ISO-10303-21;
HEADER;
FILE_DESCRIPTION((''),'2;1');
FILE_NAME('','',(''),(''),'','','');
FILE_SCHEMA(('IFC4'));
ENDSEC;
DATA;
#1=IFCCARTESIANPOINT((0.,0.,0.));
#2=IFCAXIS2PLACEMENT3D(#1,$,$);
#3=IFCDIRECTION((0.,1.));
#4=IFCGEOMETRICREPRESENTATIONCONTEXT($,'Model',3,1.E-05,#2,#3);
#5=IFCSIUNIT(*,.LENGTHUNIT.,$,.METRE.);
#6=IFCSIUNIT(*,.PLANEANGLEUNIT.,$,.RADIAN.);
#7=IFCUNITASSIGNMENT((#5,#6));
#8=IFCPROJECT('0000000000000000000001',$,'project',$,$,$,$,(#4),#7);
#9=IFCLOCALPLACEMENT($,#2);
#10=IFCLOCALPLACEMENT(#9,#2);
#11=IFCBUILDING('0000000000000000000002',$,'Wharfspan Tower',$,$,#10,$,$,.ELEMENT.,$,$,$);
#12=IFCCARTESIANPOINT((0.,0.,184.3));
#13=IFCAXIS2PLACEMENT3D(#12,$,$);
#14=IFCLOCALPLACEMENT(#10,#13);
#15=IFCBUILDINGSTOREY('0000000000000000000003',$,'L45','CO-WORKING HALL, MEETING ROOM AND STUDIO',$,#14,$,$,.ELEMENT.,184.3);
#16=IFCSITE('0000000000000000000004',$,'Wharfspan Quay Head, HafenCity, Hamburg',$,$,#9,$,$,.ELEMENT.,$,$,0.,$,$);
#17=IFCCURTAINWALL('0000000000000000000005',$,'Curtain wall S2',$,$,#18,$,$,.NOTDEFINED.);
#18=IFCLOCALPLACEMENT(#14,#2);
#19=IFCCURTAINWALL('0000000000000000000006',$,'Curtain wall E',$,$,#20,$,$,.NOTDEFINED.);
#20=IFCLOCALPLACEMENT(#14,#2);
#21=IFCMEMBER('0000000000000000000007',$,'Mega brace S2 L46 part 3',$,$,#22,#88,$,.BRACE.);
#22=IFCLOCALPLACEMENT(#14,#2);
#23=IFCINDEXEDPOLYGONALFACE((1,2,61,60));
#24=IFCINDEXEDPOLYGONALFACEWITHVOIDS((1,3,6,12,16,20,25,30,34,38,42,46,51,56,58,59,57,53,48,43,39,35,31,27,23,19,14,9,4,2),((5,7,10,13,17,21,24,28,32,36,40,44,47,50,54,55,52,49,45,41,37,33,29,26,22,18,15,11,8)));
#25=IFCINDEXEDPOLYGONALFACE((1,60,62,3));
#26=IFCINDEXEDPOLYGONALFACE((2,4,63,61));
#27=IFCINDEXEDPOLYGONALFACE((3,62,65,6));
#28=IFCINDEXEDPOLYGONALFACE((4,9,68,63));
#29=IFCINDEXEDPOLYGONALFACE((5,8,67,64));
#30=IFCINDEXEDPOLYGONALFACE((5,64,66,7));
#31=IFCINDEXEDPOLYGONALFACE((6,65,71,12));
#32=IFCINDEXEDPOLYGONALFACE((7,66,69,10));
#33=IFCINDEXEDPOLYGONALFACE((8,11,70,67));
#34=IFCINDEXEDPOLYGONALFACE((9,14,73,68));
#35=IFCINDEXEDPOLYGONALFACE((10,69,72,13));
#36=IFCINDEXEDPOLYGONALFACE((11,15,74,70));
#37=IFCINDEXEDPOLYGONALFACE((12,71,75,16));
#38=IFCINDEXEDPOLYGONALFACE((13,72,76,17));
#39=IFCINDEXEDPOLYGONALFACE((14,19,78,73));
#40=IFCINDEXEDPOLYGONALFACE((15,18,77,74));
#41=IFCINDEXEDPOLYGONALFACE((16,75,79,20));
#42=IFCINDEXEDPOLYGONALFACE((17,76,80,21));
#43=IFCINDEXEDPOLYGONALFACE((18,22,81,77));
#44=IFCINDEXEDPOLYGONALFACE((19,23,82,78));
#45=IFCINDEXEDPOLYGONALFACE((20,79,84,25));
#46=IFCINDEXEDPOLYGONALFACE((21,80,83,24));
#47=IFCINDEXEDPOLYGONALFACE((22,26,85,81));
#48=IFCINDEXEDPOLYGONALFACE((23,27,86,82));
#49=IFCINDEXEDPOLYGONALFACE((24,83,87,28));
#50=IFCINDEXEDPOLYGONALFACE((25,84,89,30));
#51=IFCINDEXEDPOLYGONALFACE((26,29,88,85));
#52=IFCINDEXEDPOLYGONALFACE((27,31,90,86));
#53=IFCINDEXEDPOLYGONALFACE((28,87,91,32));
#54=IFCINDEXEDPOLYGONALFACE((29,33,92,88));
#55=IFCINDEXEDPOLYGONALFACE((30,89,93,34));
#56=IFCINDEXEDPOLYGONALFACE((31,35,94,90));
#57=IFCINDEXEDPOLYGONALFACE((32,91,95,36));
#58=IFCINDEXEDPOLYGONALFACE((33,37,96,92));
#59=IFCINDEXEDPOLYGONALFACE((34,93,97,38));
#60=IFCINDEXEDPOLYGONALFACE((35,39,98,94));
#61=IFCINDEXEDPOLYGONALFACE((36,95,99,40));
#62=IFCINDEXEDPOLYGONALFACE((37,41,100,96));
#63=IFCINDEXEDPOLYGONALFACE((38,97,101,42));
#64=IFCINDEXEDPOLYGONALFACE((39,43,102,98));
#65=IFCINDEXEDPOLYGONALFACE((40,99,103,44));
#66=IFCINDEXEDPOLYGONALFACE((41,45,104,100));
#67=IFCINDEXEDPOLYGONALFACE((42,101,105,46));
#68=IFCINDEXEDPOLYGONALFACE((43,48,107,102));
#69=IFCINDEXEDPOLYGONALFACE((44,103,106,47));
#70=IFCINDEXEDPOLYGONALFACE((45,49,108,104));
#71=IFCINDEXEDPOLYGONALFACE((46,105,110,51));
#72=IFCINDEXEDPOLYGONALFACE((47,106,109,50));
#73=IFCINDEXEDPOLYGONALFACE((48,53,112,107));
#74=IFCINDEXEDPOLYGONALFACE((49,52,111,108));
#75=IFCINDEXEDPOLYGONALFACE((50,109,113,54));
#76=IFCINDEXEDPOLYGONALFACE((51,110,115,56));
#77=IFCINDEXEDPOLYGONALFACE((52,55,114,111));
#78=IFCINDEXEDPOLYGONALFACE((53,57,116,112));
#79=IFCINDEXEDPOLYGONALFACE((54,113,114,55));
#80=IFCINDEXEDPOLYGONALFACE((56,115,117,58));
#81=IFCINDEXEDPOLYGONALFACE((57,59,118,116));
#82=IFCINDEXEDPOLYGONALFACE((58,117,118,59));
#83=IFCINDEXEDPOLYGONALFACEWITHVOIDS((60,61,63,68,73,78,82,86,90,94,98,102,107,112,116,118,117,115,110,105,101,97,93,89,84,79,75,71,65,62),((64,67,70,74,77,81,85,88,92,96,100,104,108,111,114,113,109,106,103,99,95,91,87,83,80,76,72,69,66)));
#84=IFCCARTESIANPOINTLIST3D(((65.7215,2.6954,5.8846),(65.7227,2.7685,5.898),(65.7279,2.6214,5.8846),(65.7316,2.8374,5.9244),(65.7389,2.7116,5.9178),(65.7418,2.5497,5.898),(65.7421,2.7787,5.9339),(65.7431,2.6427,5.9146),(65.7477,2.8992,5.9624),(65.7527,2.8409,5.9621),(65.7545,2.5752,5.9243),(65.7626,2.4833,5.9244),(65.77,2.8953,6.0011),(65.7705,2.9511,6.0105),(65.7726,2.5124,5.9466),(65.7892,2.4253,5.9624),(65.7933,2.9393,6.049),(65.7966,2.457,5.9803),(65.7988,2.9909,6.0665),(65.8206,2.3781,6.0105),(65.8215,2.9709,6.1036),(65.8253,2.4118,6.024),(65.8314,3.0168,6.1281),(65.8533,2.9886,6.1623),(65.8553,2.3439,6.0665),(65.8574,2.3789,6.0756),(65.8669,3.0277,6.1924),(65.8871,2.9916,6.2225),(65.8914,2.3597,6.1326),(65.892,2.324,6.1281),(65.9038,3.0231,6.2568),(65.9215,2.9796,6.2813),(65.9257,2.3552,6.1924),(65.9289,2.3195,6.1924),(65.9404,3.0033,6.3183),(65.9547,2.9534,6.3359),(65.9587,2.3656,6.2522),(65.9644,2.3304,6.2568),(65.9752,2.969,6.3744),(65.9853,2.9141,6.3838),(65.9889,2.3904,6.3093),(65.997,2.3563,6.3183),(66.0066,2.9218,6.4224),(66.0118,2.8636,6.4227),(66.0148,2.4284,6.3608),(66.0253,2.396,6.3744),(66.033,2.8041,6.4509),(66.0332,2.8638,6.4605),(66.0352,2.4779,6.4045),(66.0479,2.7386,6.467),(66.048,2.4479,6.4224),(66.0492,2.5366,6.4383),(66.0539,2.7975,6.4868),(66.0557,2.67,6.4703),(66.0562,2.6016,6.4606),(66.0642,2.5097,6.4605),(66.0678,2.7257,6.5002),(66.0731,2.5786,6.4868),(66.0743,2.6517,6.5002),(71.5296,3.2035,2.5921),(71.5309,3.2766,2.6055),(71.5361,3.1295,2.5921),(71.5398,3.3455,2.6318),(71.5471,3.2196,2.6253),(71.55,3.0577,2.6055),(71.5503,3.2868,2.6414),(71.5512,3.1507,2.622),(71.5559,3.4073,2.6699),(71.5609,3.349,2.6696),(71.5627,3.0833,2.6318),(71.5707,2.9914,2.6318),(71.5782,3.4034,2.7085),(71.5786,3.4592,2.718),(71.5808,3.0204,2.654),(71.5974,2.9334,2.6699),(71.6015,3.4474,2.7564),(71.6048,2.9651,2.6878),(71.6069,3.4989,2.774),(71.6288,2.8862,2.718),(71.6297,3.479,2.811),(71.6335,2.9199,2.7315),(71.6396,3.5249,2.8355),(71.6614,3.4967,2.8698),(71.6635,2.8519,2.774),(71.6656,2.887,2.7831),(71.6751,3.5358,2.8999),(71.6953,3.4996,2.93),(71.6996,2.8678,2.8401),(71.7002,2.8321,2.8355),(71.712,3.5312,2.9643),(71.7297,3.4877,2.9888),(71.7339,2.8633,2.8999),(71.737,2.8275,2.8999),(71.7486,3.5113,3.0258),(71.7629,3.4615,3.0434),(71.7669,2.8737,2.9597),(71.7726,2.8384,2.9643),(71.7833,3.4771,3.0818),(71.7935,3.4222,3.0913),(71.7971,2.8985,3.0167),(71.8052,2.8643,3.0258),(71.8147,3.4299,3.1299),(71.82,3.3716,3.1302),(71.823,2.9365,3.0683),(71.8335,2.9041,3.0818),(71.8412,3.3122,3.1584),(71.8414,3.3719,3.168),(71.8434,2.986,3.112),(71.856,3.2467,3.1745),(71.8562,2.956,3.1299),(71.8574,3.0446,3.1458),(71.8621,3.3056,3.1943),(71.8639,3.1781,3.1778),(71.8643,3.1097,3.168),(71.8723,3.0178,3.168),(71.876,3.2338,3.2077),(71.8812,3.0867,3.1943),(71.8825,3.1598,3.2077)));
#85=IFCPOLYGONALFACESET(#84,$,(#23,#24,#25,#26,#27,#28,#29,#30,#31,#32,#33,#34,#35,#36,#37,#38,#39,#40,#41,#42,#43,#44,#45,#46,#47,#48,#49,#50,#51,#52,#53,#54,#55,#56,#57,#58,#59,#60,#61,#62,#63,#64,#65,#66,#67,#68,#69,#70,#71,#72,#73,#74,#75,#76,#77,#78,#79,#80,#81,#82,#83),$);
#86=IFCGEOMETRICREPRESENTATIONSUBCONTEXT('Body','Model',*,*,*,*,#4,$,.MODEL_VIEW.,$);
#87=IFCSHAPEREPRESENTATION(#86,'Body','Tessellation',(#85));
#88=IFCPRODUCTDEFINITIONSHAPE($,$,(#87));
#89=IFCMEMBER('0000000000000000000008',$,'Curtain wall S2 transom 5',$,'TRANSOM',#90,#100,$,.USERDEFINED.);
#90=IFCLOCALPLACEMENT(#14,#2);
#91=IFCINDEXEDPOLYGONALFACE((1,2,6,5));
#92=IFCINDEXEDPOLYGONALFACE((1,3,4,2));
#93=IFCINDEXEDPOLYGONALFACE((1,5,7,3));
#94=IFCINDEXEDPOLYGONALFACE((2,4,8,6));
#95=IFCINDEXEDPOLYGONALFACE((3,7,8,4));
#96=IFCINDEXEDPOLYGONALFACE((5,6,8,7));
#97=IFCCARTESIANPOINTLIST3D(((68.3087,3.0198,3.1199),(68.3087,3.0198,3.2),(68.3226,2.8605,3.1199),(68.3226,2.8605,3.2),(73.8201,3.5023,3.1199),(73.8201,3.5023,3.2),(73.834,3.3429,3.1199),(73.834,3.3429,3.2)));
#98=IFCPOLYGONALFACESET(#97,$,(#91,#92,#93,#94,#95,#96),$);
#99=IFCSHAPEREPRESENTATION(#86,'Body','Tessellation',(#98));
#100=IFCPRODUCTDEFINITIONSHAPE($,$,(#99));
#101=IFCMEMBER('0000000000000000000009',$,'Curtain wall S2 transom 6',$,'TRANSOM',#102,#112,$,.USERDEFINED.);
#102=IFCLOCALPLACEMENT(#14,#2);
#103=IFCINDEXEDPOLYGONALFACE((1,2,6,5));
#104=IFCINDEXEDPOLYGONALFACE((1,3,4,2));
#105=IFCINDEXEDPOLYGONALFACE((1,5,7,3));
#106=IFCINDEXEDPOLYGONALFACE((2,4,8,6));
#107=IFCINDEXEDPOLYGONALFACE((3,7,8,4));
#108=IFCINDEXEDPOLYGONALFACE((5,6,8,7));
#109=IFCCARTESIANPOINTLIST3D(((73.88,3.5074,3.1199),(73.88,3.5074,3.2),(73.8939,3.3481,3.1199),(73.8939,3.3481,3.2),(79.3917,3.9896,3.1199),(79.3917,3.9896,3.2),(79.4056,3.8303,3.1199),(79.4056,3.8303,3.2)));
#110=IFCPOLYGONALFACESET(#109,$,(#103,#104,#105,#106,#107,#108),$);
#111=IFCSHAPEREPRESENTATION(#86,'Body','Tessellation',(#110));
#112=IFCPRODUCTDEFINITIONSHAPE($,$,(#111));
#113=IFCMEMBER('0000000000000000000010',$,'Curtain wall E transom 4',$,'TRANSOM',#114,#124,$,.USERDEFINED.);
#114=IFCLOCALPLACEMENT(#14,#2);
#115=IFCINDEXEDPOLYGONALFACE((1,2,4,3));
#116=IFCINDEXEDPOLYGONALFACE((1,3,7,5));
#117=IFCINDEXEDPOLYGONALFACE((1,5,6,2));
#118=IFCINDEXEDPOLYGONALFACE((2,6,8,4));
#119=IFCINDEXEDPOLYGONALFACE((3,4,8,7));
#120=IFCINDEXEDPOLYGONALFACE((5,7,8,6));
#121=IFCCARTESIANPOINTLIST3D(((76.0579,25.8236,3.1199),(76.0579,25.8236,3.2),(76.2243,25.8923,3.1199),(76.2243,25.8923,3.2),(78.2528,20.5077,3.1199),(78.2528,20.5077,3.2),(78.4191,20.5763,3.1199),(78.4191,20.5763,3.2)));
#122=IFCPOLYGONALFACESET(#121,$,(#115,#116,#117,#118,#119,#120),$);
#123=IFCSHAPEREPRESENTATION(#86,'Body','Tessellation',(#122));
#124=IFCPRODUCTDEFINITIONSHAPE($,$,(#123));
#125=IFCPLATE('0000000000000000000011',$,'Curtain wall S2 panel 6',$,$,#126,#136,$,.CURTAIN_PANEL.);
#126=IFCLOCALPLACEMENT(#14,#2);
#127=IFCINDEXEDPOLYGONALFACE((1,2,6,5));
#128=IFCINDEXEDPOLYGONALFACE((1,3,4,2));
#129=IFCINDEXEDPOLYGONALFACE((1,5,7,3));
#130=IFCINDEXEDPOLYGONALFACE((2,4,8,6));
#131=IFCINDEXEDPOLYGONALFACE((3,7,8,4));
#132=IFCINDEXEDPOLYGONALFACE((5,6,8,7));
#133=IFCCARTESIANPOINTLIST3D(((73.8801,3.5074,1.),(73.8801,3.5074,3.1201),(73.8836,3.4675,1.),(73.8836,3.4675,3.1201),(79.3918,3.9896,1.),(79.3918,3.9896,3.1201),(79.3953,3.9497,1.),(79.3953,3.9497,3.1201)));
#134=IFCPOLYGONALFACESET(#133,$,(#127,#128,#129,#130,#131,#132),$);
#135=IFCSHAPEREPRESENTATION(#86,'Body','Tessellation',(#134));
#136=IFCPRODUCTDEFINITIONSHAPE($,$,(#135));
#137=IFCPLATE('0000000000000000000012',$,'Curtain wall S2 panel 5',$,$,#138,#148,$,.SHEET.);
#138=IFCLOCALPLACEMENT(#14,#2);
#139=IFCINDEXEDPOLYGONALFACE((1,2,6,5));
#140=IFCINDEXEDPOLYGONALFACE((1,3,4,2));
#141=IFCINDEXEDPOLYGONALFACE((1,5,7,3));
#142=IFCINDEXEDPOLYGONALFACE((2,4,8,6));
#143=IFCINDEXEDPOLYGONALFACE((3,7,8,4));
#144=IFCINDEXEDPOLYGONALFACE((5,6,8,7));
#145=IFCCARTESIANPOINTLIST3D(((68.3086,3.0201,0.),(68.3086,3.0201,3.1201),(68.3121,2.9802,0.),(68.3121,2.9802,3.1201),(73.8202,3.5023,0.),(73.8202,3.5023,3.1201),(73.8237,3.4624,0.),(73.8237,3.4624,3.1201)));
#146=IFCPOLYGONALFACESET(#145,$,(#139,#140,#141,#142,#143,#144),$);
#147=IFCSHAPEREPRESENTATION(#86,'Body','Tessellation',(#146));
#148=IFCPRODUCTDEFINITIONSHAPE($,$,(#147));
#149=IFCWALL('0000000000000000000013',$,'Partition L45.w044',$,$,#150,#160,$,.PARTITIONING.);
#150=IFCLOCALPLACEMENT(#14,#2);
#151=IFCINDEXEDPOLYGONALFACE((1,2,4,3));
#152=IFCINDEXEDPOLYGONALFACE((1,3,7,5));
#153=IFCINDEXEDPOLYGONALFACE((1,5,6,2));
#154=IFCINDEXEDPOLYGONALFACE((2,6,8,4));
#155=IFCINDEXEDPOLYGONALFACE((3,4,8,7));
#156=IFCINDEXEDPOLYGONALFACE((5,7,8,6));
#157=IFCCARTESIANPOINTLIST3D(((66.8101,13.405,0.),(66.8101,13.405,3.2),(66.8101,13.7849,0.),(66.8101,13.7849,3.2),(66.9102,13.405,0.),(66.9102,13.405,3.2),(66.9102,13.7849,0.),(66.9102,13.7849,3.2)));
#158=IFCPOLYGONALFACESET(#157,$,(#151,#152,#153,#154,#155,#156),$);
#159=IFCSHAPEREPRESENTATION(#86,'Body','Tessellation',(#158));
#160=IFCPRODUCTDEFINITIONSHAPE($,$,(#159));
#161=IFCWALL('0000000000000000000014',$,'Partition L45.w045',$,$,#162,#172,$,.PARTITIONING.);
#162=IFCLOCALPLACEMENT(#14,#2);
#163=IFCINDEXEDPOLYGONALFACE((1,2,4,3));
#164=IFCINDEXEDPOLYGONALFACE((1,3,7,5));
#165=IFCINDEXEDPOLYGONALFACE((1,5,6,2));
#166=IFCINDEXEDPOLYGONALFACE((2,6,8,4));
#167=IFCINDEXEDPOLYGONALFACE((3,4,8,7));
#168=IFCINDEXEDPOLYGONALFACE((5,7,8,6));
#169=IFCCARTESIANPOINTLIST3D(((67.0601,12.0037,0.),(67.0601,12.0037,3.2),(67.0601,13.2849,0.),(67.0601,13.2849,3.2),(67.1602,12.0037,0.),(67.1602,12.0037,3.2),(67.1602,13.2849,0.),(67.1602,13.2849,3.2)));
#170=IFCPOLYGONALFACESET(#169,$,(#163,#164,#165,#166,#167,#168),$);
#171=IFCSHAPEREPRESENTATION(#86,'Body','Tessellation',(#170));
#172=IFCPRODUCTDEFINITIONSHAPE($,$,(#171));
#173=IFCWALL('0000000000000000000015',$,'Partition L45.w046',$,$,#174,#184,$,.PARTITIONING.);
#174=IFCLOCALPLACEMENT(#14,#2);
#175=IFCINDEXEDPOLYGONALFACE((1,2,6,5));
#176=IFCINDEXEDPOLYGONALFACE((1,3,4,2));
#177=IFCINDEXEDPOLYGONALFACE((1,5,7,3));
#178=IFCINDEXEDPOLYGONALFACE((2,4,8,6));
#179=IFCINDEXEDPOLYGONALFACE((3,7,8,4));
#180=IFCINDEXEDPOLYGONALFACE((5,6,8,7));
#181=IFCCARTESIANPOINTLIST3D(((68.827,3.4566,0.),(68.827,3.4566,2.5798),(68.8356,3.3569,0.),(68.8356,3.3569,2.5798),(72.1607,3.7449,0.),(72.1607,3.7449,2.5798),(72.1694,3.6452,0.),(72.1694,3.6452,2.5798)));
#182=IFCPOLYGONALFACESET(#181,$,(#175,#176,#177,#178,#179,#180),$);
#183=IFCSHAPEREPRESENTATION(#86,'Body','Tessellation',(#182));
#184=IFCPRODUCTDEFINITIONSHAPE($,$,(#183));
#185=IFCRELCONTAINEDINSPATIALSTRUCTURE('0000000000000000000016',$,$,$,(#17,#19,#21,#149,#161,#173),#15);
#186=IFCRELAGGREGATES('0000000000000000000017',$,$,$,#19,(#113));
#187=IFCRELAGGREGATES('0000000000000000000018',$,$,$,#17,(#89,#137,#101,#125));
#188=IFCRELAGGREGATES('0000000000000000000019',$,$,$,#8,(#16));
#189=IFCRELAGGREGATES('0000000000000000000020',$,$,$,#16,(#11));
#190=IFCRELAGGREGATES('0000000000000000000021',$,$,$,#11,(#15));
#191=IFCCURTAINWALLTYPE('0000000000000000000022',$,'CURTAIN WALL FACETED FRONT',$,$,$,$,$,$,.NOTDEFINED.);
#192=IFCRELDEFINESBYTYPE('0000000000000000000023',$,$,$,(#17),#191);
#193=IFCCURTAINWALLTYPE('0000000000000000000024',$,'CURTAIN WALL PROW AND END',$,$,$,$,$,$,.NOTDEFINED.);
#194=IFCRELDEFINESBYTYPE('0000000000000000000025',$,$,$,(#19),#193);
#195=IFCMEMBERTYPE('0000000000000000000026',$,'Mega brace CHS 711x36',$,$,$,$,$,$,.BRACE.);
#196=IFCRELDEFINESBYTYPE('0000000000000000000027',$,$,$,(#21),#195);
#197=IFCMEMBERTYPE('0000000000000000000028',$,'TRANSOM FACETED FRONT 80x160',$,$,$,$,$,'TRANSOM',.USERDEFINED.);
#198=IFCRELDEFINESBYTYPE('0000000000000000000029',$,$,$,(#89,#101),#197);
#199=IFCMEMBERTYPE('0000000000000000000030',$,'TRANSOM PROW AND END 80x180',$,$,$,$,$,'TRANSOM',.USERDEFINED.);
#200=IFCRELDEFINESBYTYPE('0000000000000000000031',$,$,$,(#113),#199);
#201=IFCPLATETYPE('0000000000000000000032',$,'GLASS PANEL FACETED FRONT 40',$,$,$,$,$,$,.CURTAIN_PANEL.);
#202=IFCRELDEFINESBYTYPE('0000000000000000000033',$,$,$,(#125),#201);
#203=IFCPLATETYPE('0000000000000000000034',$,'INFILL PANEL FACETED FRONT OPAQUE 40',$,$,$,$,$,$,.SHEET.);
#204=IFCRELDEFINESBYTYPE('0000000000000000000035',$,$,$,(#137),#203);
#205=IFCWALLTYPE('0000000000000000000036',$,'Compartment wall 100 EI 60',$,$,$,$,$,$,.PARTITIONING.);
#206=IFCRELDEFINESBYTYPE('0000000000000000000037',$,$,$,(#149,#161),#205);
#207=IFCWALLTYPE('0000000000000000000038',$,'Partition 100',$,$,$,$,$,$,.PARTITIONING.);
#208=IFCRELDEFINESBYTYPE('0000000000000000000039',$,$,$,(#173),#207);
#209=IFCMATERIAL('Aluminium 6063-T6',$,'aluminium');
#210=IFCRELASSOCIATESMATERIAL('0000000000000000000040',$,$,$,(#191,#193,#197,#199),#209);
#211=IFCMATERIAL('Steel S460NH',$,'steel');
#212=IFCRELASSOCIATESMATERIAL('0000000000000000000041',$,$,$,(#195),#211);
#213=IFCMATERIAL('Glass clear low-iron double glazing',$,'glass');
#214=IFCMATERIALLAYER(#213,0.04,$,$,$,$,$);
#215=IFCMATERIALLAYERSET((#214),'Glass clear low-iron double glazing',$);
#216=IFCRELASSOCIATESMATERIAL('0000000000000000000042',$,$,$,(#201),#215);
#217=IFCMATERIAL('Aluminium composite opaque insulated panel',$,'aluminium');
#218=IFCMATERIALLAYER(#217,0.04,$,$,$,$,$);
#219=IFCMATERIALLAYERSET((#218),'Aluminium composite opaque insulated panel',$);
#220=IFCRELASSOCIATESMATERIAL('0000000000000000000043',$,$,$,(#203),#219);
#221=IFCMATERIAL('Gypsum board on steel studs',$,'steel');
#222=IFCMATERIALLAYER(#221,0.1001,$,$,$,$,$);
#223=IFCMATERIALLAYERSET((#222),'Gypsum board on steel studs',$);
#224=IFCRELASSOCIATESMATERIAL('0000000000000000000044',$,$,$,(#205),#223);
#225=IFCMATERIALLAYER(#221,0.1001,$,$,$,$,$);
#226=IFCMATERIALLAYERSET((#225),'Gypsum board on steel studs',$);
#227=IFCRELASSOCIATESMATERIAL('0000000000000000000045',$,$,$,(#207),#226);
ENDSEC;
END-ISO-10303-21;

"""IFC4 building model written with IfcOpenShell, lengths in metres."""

from ifc_helpers import new_model, si_unit, direction, frame, frame_2d, origin, origin_2d, place, context, subcontext, project, spatial, rectangle, hollow_circle, extrude, material, layer, layer_set, material_profile, profile_set, type_object, element, aggregate, save


model = new_model("IFC4")

# Units and contexts
model_context = context("Model", 3, precision=1e-05, world=origin(), true_north=direction((0.0, 1.0)))
body_context = subcontext(model_context, "Body", "Model", "MODEL_VIEW")
ifc_project = project(units=[si_unit("LENGTHUNIT", "METRE"), si_unit("PLANEANGLEUNIT", "RADIAN")], contexts=[model_context])

# Site, building, storey
site_placement = place(None, origin())
site = spatial("IfcSite", under=ifc_project, at=site_placement, Name="Wharfspan Quay Head, HafenCity, Hamburg", CompositionType="ELEMENT", RefElevation=0.0)
building_placement = place(site_placement, origin())
building = spatial("IfcBuilding", under=site, at=building_placement, Name="Wharfspan Tower", CompositionType="ELEMENT")
storey_placement = place(building_placement, frame((0.0, 0.0, 184.3)))
storey = spatial("IfcBuildingStorey", under=building, at=storey_placement, Name="L45", Description="CO-WORKING HALL, MEETING ROOM AND STUDIO", CompositionType="ELEMENT", Elevation=184.3)

# Curtain wall
ifc_material_1 = material(Name="Aluminium 6063-T6", Category="aluminium")
curtain_wall_type_1 = type_object("IfcCurtainWallType", Name="CURTAIN WALL FACETED FRONT", PredefinedType="NOTDEFINED", material=ifc_material_1)
curtain_wall_1_placement = place(storey_placement, origin())
curtain_wall_1 = element("IfcCurtainWall", 1, at=curtain_wall_1_placement, inside=storey, type_object=curtain_wall_type_1, Name="Curtain wall S2", PredefinedType="NOTDEFINED")

# Curtain wall
curtain_wall_type_2 = type_object("IfcCurtainWallType", Name="CURTAIN WALL PROW AND END", PredefinedType="NOTDEFINED", material=ifc_material_1)
curtain_wall_2_placement = place(storey_placement, origin())
curtain_wall_2 = element("IfcCurtainWall", 2, at=curtain_wall_2_placement, inside=storey, type_object=curtain_wall_type_2, Name="Curtain wall E", PredefinedType="NOTDEFINED")

# Members
ifc_material_2 = material(Name="Steel S460NH", Category="steel")
ifc_material_profile_1 = material_profile(ifc_material_2, hollow_circle(Radius=0.3555, WallThickness=0.0359, at=origin_2d()))
ifc_profile_set_1 = profile_set([ifc_material_profile_1], Name="Steel S460NH")
member_type_1 = type_object("IfcMemberType", Name="Mega brace CHS 711x36", PredefinedType="BRACE", material=ifc_profile_set_1)
member_1_placement = place(storey_placement, frame((71.7061, 3.1816, 2.8999), z_axis=(-0.867436, -0.075878, 0.491729), x_axis=(0.08714, -0.996196, -0.000002)))
element("IfcMember", 3, at=member_1_placement, inside=storey, type_object=member_type_1, Name="Mega brace S2 L46 part 3", PredefinedType="BRACE", context=body_context, shape_type="SweptSolid", body=[
    extrude(hollow_circle(Radius=0.3555, WallThickness=0.0359, at=origin_2d()), origin(), (0.0, 0.0, 1.0), 6.6958),
])
ifc_material_profile_2 = material_profile(ifc_material_1, rectangle(XDim=0.1599, YDim=0.0801, at=origin_2d()))
ifc_profile_set_2 = profile_set([ifc_material_profile_2], Name="Aluminium 6063-T6")
member_type_2 = type_object("IfcMemberType", Name="TRANSOM FACETED FRONT 80x160", ElementType="TRANSOM", PredefinedType="USERDEFINED", material=ifc_profile_set_2)
member_2_placement = place(storey_placement, frame((68.3157, 2.9402, 3.1599), z_axis=(0.996191, 0.087197, 0.0), x_axis=(-0.087197, 0.996191, 0.0)))
member_2 = element("IfcMember", 4, at=member_2_placement, type_object=member_type_2, Name="Curtain wall S2 transom 5", ObjectType="TRANSOM", PredefinedType="USERDEFINED", context=body_context, shape_type="SweptSolid", body=[
    extrude(rectangle(XDim=0.1599, YDim=0.0801, at=origin_2d()), origin(), (0.0, 0.0, 1.0), 5.5325),
])
member_3_placement = place(storey_placement, frame((73.887, 3.4277, 3.1599), z_axis=(0.996195, 0.087149, 0.0), x_axis=(-0.087149, 0.996195, 0.0)))
member_3 = element("IfcMember", 5, at=member_3_placement, type_object=member_type_2, Name="Curtain wall S2 transom 6", ObjectType="TRANSOM", PredefinedType="USERDEFINED", context=body_context, shape_type="SweptSolid", body=[
    extrude(rectangle(XDim=0.1599, YDim=0.0801, at=origin_2d()), origin(), (0.0, 0.0, 1.0), 5.5327),
])
ifc_material_profile_3 = material_profile(ifc_material_1, rectangle(XDim=0.1799, YDim=0.0801, at=origin_2d()))
ifc_profile_set_3 = profile_set([ifc_material_profile_3], Name="Aluminium 6063-T6")
member_type_3 = type_object("IfcMemberType", Name="TRANSOM PROW AND END 80x180", ElementType="TRANSOM", PredefinedType="USERDEFINED", material=ifc_profile_set_3)
member_4_placement = place(storey_placement, frame((78.3359, 20.542, 3.1599), z_axis=(-0.381629, 0.924315, 0.0), x_axis=(-0.924315, -0.381629, 0.0)))
member_4 = element("IfcMember", 6, at=member_4_placement, type_object=member_type_3, Name="Curtain wall E transom 4", ObjectType="TRANSOM", PredefinedType="USERDEFINED", context=body_context, shape_type="SweptSolid", body=[
    extrude(rectangle(XDim=0.1799, YDim=0.0801, at=origin_2d()), origin(), (0.0, 0.0, 1.0), 5.7512),
])
aggregate(curtain_wall_2, [member_4])

# Plates
ifc_material_3 = material(Name="Glass clear low-iron double glazing", Category="glass")
ifc_layer_1 = layer(ifc_material_3, 0.04)
ifc_layer_set_1 = layer_set([ifc_layer_1], Name="Glass clear low-iron double glazing")
plate_type_1 = type_object("IfcPlateType", Name="GLASS PANEL FACETED FRONT 40", PredefinedType="CURTAIN_PANEL", material=ifc_layer_set_1)
plate_1_placement = place(storey_placement, frame((76.6377, 3.7285, 1.0), z_axis=(0.0, 0.0, 1.0), x_axis=(0.996198, 0.087156, 0.0)))
plate_1 = element("IfcPlate", 7, at=plate_1_placement, type_object=plate_type_1, Name="Curtain wall S2 panel 6", PredefinedType="CURTAIN_PANEL", context=body_context, shape_type="SweptSolid", body=[
    extrude(rectangle(XDim=5.5327, YDim=0.04, at=origin_2d()), origin(), (0.0, 0.0, 1.0), 2.1201),
])
ifc_material_4 = material(Name="Aluminium composite opaque insulated panel", Category="aluminium")
ifc_layer_2 = layer(ifc_material_4, 0.04)
ifc_layer_set_2 = layer_set([ifc_layer_2], Name="Aluminium composite opaque insulated panel")
plate_type_2 = type_object("IfcPlateType", Name="INFILL PANEL FACETED FRONT OPAQUE 40", PredefinedType="SHEET", material=ifc_layer_set_2)
plate_2_placement = place(storey_placement, frame((71.0662, 3.2412, 0.0), z_axis=(0.0, 0.0, 1.0), x_axis=(0.996198, 0.087156, 0.0)))
plate_2 = element("IfcPlate", 8, at=plate_2_placement, type_object=plate_type_2, Name="Curtain wall S2 panel 5", PredefinedType="SHEET", context=body_context, shape_type="SweptSolid", body=[
    extrude(rectangle(XDim=5.5327, YDim=0.04, at=origin_2d()), origin(), (0.0, 0.0, 1.0), 3.1201),
])
aggregate(curtain_wall_1, [member_2, plate_2, member_3, plate_1])

# Walls
ifc_material_5 = material(Name="Gypsum board on steel studs", Category="steel")
ifc_layer_3 = layer(ifc_material_5, 0.1001)
ifc_layer_set_3 = layer_set([ifc_layer_3], Name="Gypsum board on steel studs")
wall_type_1 = type_object("IfcWallType", Name="Compartment wall 100 EI 60", PredefinedType="PARTITIONING", material=ifc_layer_set_3)
wall_1_placement = place(storey_placement, frame((66.8601, 13.405, 0.0), z_axis=(0.0, 0.0, 1.0), x_axis=(0.0, 1.0, 0.0)))
element("IfcWall", 9, at=wall_1_placement, inside=storey, type_object=wall_type_1, Name="Partition L45.w044", PredefinedType="PARTITIONING", context=body_context, shape_type="SweptSolid", body=[
    extrude(rectangle(XDim=0.3799, YDim=0.1001, at=frame_2d((0.1899, 0.0))), origin(), (0.0, 0.0, 1.0), 3.2),
])
wall_2_placement = place(storey_placement, frame((67.1101, 12.0037, 0.0), z_axis=(0.0, 0.0, 1.0), x_axis=(0.0, 1.0, 0.0)))
element("IfcWall", 10, at=wall_2_placement, inside=storey, type_object=wall_type_1, Name="Partition L45.w045", PredefinedType="PARTITIONING", context=body_context, shape_type="SweptSolid", body=[
    extrude(rectangle(XDim=1.2812, YDim=0.1001, at=frame_2d((0.6406, 0.0))), origin(), (0.0, 0.0, 1.0), 3.2),
])
ifc_layer_4 = layer(ifc_material_5, 0.1001)
ifc_layer_set_4 = layer_set([ifc_layer_4], Name="Gypsum board on steel studs")
wall_type_2 = type_object("IfcWallType", Name="Partition 100", PredefinedType="PARTITIONING", material=ifc_layer_set_4)
wall_3_placement = place(storey_placement, frame((68.8313, 3.4067, 0.0), z_axis=(0.0, 0.0, 1.0), x_axis=(0.996283, 0.086167, 0.0)))
element("IfcWall", 11, at=wall_3_placement, inside=storey, type_object=wall_type_2, Name="Partition L45.w046", PredefinedType="PARTITIONING", context=body_context, shape_type="SweptSolid", body=[
    extrude(rectangle(XDim=3.3462, YDim=0.1001, at=frame_2d((1.6731, 0.0))), origin(), (0.0, 0.0, 1.0), 2.5798),
])

save(model, "model.ifc")
